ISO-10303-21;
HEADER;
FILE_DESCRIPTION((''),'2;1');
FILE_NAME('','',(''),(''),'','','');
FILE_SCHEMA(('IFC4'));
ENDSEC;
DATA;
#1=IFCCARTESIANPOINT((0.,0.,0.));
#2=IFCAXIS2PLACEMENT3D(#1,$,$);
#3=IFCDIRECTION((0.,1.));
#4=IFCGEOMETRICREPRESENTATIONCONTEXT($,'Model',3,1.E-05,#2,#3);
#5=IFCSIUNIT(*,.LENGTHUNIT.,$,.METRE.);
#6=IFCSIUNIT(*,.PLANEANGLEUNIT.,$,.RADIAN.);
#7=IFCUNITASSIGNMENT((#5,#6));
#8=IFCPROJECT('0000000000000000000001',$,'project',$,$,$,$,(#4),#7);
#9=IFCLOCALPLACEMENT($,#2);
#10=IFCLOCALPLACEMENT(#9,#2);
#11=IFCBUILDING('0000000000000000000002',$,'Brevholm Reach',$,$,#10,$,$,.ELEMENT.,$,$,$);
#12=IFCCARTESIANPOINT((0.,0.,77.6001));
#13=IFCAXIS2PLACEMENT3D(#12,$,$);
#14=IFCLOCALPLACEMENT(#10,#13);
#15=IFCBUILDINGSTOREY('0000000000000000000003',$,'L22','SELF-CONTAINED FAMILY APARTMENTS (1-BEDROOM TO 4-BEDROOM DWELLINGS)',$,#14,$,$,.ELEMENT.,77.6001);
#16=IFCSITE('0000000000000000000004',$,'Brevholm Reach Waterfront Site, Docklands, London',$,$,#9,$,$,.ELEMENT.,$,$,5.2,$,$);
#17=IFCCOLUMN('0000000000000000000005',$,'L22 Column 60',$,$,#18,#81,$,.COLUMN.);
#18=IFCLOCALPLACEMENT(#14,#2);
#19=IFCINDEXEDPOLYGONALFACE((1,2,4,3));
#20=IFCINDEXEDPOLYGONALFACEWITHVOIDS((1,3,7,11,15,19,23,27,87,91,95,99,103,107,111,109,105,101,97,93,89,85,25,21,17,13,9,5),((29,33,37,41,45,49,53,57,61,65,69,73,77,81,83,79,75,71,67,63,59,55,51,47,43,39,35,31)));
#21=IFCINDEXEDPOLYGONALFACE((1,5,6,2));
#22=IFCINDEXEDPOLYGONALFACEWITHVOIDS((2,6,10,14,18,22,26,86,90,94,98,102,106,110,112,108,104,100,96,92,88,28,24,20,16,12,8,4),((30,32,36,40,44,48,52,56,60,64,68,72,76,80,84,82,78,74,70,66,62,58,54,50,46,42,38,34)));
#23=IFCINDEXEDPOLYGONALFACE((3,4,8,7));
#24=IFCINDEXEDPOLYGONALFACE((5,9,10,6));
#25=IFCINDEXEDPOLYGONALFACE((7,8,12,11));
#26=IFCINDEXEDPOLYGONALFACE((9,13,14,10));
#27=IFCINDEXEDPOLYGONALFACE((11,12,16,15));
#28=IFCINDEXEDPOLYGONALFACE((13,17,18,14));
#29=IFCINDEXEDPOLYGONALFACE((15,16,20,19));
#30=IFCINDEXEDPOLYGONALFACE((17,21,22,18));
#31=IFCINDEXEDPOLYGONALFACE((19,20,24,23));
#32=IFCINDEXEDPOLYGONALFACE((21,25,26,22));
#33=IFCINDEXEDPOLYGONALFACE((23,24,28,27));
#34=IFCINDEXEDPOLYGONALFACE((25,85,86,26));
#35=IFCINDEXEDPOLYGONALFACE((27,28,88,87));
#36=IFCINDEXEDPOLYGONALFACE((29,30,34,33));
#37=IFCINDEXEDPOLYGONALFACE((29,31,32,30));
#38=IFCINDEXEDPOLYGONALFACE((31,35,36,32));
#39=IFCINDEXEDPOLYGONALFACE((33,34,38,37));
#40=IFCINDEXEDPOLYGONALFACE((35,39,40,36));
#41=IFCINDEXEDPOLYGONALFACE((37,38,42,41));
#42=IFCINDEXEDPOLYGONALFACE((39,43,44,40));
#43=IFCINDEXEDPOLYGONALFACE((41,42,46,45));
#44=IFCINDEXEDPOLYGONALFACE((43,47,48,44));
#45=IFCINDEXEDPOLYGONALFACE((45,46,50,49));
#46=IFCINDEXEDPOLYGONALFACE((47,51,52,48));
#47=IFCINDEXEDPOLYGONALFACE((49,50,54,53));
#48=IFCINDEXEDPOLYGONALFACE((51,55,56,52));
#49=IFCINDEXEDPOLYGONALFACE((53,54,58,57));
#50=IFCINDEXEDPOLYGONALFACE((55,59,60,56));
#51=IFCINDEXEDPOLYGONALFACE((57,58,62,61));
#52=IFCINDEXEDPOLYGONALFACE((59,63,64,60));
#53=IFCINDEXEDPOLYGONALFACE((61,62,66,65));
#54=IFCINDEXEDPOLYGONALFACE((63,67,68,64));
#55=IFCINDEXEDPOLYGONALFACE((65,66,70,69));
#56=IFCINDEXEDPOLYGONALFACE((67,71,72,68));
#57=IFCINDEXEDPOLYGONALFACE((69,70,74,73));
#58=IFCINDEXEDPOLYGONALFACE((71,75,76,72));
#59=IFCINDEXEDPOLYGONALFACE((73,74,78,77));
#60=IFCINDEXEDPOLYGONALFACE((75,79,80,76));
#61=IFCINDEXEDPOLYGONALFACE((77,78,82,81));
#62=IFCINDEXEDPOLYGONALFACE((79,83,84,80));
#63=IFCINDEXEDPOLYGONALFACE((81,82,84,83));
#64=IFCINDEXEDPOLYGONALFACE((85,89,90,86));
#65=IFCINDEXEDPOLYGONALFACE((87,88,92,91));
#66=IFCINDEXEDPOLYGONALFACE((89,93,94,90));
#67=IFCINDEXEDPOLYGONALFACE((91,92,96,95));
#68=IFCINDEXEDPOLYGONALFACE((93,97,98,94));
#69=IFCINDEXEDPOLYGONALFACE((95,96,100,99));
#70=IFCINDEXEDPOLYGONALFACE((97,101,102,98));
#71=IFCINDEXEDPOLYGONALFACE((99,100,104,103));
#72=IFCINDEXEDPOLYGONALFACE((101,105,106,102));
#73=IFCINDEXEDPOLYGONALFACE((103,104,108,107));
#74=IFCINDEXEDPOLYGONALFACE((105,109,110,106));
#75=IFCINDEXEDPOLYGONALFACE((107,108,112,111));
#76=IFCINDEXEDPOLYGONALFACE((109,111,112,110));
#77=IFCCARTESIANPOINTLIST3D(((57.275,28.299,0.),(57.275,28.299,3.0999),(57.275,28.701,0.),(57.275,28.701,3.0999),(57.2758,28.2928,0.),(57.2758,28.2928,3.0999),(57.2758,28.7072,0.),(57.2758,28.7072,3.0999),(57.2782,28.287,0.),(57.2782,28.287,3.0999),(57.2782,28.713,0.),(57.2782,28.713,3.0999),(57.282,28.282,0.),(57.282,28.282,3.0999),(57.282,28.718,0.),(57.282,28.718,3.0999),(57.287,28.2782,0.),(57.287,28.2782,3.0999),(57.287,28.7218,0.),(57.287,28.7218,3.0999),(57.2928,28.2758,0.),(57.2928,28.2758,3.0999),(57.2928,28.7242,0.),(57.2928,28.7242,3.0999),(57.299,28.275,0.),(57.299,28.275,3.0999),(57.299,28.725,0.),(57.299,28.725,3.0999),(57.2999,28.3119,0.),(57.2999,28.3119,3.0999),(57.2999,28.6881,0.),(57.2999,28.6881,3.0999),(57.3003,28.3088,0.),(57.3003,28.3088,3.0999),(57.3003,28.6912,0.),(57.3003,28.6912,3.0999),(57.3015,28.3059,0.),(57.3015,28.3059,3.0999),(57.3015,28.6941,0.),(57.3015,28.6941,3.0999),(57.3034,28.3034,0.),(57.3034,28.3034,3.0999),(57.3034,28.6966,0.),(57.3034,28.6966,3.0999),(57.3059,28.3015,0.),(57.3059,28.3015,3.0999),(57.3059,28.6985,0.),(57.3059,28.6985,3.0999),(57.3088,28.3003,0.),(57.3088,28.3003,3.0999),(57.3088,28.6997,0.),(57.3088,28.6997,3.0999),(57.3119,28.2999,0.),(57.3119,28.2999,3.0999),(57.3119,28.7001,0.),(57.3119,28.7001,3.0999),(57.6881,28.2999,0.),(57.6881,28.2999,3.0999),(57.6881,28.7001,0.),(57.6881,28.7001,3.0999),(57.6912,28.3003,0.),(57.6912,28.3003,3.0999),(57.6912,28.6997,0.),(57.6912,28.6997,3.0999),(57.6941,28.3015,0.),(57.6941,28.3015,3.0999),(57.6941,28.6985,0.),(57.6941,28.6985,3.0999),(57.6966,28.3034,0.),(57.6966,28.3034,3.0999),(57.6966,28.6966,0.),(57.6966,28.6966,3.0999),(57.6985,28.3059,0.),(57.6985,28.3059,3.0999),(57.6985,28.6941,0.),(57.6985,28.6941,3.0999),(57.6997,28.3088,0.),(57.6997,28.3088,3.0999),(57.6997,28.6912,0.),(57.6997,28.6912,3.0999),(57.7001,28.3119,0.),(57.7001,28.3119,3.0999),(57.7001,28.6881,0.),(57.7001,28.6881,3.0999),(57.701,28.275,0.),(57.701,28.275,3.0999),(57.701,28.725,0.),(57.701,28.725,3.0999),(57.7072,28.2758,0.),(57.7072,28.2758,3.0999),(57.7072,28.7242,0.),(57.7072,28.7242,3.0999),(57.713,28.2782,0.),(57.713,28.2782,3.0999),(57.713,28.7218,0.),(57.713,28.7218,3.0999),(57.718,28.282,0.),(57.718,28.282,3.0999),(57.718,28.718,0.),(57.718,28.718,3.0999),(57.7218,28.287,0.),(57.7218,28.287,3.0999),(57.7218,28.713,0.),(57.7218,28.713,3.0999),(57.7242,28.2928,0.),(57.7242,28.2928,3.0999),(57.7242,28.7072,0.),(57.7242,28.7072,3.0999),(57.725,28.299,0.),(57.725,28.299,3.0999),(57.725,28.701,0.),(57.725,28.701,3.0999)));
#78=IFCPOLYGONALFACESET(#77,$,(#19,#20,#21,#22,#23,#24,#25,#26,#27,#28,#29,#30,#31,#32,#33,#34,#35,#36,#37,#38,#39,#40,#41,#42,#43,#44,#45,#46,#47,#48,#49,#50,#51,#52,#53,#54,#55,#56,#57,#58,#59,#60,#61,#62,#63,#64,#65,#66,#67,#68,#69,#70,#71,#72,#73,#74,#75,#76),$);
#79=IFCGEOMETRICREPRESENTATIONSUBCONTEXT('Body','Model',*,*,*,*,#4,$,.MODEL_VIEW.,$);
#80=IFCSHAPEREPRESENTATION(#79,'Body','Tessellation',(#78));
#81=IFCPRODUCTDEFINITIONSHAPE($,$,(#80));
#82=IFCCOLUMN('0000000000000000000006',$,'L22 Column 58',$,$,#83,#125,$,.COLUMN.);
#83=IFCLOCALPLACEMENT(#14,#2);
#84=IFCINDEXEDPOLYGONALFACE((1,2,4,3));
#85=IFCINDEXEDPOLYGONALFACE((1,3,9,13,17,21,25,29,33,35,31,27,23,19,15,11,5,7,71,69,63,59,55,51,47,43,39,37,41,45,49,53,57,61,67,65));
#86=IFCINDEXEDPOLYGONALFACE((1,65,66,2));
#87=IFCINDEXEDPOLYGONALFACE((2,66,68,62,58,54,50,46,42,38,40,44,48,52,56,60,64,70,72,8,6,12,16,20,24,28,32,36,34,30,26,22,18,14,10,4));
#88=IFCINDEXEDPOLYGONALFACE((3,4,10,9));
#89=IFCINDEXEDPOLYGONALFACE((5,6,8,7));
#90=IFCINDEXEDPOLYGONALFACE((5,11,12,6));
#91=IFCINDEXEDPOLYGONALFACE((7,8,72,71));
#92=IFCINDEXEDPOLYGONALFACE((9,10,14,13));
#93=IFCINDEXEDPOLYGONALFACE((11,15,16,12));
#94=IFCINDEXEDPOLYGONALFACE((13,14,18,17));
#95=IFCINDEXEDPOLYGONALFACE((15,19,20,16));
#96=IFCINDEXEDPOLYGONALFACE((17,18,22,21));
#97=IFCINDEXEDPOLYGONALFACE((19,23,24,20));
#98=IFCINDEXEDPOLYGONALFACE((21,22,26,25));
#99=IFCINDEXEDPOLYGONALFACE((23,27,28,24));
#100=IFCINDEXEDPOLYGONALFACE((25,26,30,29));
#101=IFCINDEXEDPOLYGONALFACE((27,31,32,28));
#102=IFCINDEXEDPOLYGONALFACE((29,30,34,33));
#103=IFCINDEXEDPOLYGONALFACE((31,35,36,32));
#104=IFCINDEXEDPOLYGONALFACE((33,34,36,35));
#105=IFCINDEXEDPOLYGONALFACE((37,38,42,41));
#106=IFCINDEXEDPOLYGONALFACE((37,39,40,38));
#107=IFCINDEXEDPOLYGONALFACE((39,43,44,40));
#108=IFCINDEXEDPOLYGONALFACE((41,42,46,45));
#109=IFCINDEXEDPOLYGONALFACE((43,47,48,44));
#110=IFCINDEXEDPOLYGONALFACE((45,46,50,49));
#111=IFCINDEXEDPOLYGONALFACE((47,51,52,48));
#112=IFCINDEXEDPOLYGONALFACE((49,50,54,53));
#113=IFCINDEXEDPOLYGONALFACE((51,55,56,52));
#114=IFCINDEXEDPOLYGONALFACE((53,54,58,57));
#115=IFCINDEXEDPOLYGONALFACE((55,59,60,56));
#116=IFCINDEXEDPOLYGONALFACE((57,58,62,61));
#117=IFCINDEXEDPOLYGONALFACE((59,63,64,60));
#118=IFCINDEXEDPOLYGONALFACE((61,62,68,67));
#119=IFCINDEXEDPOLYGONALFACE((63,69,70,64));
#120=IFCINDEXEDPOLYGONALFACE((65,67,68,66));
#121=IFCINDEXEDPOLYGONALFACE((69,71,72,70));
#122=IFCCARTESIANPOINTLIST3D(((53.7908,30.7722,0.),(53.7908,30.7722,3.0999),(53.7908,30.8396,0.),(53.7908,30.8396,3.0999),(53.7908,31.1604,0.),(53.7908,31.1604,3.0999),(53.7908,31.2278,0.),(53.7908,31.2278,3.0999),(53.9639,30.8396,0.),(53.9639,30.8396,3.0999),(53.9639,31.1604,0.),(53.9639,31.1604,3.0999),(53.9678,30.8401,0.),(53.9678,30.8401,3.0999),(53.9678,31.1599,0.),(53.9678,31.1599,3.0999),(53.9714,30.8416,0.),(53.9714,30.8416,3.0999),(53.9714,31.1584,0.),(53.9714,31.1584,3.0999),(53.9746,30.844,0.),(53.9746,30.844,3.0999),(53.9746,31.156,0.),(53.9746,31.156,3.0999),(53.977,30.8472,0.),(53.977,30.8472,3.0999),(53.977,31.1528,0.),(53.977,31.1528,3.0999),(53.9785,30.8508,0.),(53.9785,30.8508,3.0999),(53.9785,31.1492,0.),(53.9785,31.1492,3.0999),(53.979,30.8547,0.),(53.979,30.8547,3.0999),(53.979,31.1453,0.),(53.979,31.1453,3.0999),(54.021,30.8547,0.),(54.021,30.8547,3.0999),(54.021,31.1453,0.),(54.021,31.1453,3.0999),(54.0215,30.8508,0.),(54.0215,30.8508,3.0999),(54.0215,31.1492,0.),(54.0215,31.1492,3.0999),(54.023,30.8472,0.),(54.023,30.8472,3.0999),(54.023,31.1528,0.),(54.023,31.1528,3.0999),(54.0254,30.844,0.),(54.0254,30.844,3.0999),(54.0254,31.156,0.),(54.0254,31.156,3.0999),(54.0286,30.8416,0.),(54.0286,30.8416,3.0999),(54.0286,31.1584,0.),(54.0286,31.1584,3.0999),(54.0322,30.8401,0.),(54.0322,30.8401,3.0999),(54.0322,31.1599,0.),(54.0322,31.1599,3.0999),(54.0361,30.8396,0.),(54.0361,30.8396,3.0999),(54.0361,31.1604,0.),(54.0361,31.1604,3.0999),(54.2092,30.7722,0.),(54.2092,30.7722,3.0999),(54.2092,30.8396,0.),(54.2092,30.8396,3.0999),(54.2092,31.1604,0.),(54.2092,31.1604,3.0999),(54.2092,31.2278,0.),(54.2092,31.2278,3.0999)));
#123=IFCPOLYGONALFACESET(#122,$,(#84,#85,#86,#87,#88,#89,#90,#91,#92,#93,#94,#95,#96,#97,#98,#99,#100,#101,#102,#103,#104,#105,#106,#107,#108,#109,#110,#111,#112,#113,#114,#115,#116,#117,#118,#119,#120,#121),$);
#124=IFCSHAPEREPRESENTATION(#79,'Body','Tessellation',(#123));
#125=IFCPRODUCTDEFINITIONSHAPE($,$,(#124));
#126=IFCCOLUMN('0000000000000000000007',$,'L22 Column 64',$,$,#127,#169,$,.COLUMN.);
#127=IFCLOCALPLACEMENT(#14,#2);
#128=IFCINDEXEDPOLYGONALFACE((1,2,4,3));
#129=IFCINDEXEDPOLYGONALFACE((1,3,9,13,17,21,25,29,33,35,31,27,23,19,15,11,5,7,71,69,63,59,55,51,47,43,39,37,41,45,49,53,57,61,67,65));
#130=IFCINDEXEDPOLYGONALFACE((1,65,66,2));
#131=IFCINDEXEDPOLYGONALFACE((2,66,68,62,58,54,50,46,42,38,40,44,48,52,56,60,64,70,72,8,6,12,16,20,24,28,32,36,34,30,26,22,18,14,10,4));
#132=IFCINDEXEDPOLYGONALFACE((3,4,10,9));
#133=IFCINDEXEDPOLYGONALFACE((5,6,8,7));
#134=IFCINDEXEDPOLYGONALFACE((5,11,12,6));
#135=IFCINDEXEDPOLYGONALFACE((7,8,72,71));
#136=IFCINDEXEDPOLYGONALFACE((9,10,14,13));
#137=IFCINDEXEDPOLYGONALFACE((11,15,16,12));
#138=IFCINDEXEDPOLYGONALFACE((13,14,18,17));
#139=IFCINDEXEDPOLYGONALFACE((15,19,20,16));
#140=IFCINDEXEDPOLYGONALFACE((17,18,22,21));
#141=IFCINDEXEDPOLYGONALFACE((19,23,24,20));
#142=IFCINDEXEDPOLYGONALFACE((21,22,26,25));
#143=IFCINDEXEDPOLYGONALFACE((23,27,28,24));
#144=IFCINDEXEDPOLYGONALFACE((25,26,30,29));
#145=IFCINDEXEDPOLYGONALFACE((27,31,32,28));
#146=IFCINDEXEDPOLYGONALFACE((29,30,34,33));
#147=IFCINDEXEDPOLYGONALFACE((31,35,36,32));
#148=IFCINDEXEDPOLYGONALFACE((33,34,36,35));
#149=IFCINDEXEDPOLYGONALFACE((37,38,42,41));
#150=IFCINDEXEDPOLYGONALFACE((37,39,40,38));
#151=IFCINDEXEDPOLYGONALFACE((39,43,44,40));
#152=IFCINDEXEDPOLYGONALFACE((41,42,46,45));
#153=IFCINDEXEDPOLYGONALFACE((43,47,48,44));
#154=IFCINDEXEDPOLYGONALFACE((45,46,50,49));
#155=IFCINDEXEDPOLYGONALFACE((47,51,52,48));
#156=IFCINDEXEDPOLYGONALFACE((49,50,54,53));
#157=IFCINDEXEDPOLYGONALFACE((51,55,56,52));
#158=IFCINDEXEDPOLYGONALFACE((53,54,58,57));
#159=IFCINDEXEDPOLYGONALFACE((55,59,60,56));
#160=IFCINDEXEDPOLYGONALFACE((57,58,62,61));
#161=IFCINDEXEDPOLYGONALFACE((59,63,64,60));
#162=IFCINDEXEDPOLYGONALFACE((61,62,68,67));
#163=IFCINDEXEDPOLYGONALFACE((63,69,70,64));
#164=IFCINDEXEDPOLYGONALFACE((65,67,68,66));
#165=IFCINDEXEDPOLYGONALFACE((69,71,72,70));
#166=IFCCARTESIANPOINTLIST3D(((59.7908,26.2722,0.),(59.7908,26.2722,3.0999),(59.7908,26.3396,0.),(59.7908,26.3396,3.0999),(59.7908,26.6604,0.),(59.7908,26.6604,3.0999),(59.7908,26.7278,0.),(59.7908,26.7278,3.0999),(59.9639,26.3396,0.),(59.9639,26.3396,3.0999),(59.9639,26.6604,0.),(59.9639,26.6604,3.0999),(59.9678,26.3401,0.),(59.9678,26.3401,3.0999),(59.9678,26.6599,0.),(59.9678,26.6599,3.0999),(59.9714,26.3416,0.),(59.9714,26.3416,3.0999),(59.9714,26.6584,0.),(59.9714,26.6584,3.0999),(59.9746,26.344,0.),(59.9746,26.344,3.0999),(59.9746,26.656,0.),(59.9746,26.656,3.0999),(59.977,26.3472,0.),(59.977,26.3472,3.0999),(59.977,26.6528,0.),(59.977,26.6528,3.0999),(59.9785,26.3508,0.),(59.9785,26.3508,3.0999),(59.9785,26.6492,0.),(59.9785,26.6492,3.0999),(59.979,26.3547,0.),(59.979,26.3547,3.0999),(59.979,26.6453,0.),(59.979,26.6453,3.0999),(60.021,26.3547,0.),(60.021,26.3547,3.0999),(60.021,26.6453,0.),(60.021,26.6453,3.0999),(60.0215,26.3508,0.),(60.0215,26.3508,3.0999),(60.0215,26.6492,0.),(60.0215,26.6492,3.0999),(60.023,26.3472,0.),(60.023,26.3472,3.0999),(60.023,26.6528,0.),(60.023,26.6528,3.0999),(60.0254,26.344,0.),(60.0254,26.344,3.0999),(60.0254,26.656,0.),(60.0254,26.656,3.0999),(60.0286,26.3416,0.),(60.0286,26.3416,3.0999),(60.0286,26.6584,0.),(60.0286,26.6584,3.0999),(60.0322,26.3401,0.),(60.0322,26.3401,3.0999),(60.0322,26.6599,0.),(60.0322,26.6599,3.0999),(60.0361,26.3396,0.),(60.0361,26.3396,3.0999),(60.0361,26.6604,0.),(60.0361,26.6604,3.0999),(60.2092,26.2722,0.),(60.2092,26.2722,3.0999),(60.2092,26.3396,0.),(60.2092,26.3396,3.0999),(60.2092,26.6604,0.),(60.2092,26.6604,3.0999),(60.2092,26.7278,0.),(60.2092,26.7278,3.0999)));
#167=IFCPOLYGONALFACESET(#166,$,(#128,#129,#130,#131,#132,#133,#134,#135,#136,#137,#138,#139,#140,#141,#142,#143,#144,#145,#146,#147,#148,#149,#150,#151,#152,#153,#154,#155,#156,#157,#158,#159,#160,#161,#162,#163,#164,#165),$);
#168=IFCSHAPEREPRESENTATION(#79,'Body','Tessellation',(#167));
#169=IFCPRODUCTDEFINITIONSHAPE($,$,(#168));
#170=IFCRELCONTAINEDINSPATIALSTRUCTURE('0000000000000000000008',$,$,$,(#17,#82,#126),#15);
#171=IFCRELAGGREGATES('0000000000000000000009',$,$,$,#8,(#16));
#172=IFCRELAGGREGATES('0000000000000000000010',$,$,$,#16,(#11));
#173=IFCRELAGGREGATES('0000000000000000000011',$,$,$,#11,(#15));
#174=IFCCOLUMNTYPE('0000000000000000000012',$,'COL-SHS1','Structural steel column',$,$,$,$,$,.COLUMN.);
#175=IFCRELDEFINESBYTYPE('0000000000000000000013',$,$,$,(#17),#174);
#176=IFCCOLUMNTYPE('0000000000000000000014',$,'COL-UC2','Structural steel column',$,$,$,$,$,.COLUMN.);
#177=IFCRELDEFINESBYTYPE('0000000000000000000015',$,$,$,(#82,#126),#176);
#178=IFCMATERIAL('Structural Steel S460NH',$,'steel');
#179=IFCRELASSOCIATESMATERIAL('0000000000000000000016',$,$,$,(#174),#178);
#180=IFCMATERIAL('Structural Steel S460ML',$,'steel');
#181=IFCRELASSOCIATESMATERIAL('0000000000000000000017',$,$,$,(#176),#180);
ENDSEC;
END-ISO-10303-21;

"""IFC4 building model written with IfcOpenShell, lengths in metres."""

from ifc_helpers import new_model, si_unit, direction, frame, origin, origin_2d, place, context, subcontext, project, spatial, hollow_rectangle, i_section, extrude, material, material_profile, profile_set, type_object, element, save


model = new_model("IFC4")

# Units and contexts
model_context = context("Model", 3, precision=1e-05, world=origin(), true_north=direction((0.0, 1.0)))
body_context = subcontext(model_context, "Body", "Model", "MODEL_VIEW")
ifc_project = project(units=[si_unit("LENGTHUNIT", "METRE"), si_unit("PLANEANGLEUNIT", "RADIAN")], contexts=[model_context])

# Site, building, storey
site_placement = place(None, origin())
site = spatial("IfcSite", under=ifc_project, at=site_placement, Name="Brevholm Reach Waterfront Site, Docklands, London", CompositionType="ELEMENT", RefElevation=5.2)
building_placement = place(site_placement, origin())
building = spatial("IfcBuilding", under=site, at=building_placement, Name="Brevholm Reach", CompositionType="ELEMENT")
storey_placement = place(building_placement, frame((0.0, 0.0, 77.6001)))
storey = spatial("IfcBuildingStorey", under=building, at=storey_placement, Name="L22", Description="SELF-CONTAINED FAMILY APARTMENTS (1-BEDROOM TO 4-BEDROOM DWELLINGS)", CompositionType="ELEMENT", Elevation=77.6001)

# Columns
ifc_material_1 = material(Name="Structural Steel S460NH", Category="steel")
ifc_material_profile_1 = material_profile(ifc_material_1, hollow_rectangle(XDim=0.45, YDim=0.45, WallThickness=0.0249, InnerFilletRadius=0.012, OuterFilletRadius=0.0239, at=origin_2d()), Name="SHS 450x450x25")
ifc_profile_set_1 = profile_set([ifc_material_profile_1], Name="Structural Steel S460NH")
column_type_1 = type_object("IfcColumnType", Name="COL-SHS1", Description="Structural steel column", PredefinedType="COLUMN", material=ifc_profile_set_1)
column_1_placement = place(storey_placement, frame((57.5, 28.5, 0.0), z_axis=(0.0, 0.0, 1.0), x_axis=(1.0, 0.0, 0.0)))
element("IfcColumn", 1, at=column_1_placement, inside=storey, type_object=column_type_1, Name="L22 Column 60", PredefinedType="COLUMN", context=body_context, shape_type="SweptSolid", body=[
    extrude(hollow_rectangle(XDim=0.45, YDim=0.45, WallThickness=0.0249, InnerFilletRadius=0.012, OuterFilletRadius=0.0239, at=origin_2d()), origin(), (0.0, 0.0, 1.0), 3.0999),
])
ifc_material_2 = material(Name="Structural Steel S460ML", Category="steel")
ifc_material_profile_2 = material_profile(ifc_material_2, i_section(OverallWidth=0.4185, OverallDepth=0.4556, WebThickness=0.042, FlangeThickness=0.0674, FilletRadius=0.0151, at=origin_2d()), Name="UKC 356x406x551")
ifc_profile_set_2 = profile_set([ifc_material_profile_2], Name="Structural Steel S460ML")
column_type_2 = type_object("IfcColumnType", Name="COL-UC2", Description="Structural steel column", PredefinedType="COLUMN", material=ifc_profile_set_2)
for number, where, z_axis, x_axis, name in (
    (2, (54.0, 31.0, 0.0), (0.0, 0.0, 1.0), (1.0, 0.0, 0.0), "L22 Column 58"),
    (3, (60.0, 26.5, 0.0), (0.0, 0.0, 1.0), (1.0, 0.0, 0.0), "L22 Column 64"),
):
    element("IfcColumn", number, at=place(storey_placement, frame(where, z_axis=z_axis, x_axis=x_axis)), inside=storey, type_object=column_type_2, Name=name, PredefinedType="COLUMN", context=body_context, shape_type="SweptSolid", body=[
        extrude(i_section(OverallWidth=0.4185, OverallDepth=0.4556, WebThickness=0.042, FlangeThickness=0.0674, FilletRadius=0.0151, at=origin_2d()), origin(), (0.0, 0.0, 1.0), 3.0999),
    ])

save(model, "model.ifc")
